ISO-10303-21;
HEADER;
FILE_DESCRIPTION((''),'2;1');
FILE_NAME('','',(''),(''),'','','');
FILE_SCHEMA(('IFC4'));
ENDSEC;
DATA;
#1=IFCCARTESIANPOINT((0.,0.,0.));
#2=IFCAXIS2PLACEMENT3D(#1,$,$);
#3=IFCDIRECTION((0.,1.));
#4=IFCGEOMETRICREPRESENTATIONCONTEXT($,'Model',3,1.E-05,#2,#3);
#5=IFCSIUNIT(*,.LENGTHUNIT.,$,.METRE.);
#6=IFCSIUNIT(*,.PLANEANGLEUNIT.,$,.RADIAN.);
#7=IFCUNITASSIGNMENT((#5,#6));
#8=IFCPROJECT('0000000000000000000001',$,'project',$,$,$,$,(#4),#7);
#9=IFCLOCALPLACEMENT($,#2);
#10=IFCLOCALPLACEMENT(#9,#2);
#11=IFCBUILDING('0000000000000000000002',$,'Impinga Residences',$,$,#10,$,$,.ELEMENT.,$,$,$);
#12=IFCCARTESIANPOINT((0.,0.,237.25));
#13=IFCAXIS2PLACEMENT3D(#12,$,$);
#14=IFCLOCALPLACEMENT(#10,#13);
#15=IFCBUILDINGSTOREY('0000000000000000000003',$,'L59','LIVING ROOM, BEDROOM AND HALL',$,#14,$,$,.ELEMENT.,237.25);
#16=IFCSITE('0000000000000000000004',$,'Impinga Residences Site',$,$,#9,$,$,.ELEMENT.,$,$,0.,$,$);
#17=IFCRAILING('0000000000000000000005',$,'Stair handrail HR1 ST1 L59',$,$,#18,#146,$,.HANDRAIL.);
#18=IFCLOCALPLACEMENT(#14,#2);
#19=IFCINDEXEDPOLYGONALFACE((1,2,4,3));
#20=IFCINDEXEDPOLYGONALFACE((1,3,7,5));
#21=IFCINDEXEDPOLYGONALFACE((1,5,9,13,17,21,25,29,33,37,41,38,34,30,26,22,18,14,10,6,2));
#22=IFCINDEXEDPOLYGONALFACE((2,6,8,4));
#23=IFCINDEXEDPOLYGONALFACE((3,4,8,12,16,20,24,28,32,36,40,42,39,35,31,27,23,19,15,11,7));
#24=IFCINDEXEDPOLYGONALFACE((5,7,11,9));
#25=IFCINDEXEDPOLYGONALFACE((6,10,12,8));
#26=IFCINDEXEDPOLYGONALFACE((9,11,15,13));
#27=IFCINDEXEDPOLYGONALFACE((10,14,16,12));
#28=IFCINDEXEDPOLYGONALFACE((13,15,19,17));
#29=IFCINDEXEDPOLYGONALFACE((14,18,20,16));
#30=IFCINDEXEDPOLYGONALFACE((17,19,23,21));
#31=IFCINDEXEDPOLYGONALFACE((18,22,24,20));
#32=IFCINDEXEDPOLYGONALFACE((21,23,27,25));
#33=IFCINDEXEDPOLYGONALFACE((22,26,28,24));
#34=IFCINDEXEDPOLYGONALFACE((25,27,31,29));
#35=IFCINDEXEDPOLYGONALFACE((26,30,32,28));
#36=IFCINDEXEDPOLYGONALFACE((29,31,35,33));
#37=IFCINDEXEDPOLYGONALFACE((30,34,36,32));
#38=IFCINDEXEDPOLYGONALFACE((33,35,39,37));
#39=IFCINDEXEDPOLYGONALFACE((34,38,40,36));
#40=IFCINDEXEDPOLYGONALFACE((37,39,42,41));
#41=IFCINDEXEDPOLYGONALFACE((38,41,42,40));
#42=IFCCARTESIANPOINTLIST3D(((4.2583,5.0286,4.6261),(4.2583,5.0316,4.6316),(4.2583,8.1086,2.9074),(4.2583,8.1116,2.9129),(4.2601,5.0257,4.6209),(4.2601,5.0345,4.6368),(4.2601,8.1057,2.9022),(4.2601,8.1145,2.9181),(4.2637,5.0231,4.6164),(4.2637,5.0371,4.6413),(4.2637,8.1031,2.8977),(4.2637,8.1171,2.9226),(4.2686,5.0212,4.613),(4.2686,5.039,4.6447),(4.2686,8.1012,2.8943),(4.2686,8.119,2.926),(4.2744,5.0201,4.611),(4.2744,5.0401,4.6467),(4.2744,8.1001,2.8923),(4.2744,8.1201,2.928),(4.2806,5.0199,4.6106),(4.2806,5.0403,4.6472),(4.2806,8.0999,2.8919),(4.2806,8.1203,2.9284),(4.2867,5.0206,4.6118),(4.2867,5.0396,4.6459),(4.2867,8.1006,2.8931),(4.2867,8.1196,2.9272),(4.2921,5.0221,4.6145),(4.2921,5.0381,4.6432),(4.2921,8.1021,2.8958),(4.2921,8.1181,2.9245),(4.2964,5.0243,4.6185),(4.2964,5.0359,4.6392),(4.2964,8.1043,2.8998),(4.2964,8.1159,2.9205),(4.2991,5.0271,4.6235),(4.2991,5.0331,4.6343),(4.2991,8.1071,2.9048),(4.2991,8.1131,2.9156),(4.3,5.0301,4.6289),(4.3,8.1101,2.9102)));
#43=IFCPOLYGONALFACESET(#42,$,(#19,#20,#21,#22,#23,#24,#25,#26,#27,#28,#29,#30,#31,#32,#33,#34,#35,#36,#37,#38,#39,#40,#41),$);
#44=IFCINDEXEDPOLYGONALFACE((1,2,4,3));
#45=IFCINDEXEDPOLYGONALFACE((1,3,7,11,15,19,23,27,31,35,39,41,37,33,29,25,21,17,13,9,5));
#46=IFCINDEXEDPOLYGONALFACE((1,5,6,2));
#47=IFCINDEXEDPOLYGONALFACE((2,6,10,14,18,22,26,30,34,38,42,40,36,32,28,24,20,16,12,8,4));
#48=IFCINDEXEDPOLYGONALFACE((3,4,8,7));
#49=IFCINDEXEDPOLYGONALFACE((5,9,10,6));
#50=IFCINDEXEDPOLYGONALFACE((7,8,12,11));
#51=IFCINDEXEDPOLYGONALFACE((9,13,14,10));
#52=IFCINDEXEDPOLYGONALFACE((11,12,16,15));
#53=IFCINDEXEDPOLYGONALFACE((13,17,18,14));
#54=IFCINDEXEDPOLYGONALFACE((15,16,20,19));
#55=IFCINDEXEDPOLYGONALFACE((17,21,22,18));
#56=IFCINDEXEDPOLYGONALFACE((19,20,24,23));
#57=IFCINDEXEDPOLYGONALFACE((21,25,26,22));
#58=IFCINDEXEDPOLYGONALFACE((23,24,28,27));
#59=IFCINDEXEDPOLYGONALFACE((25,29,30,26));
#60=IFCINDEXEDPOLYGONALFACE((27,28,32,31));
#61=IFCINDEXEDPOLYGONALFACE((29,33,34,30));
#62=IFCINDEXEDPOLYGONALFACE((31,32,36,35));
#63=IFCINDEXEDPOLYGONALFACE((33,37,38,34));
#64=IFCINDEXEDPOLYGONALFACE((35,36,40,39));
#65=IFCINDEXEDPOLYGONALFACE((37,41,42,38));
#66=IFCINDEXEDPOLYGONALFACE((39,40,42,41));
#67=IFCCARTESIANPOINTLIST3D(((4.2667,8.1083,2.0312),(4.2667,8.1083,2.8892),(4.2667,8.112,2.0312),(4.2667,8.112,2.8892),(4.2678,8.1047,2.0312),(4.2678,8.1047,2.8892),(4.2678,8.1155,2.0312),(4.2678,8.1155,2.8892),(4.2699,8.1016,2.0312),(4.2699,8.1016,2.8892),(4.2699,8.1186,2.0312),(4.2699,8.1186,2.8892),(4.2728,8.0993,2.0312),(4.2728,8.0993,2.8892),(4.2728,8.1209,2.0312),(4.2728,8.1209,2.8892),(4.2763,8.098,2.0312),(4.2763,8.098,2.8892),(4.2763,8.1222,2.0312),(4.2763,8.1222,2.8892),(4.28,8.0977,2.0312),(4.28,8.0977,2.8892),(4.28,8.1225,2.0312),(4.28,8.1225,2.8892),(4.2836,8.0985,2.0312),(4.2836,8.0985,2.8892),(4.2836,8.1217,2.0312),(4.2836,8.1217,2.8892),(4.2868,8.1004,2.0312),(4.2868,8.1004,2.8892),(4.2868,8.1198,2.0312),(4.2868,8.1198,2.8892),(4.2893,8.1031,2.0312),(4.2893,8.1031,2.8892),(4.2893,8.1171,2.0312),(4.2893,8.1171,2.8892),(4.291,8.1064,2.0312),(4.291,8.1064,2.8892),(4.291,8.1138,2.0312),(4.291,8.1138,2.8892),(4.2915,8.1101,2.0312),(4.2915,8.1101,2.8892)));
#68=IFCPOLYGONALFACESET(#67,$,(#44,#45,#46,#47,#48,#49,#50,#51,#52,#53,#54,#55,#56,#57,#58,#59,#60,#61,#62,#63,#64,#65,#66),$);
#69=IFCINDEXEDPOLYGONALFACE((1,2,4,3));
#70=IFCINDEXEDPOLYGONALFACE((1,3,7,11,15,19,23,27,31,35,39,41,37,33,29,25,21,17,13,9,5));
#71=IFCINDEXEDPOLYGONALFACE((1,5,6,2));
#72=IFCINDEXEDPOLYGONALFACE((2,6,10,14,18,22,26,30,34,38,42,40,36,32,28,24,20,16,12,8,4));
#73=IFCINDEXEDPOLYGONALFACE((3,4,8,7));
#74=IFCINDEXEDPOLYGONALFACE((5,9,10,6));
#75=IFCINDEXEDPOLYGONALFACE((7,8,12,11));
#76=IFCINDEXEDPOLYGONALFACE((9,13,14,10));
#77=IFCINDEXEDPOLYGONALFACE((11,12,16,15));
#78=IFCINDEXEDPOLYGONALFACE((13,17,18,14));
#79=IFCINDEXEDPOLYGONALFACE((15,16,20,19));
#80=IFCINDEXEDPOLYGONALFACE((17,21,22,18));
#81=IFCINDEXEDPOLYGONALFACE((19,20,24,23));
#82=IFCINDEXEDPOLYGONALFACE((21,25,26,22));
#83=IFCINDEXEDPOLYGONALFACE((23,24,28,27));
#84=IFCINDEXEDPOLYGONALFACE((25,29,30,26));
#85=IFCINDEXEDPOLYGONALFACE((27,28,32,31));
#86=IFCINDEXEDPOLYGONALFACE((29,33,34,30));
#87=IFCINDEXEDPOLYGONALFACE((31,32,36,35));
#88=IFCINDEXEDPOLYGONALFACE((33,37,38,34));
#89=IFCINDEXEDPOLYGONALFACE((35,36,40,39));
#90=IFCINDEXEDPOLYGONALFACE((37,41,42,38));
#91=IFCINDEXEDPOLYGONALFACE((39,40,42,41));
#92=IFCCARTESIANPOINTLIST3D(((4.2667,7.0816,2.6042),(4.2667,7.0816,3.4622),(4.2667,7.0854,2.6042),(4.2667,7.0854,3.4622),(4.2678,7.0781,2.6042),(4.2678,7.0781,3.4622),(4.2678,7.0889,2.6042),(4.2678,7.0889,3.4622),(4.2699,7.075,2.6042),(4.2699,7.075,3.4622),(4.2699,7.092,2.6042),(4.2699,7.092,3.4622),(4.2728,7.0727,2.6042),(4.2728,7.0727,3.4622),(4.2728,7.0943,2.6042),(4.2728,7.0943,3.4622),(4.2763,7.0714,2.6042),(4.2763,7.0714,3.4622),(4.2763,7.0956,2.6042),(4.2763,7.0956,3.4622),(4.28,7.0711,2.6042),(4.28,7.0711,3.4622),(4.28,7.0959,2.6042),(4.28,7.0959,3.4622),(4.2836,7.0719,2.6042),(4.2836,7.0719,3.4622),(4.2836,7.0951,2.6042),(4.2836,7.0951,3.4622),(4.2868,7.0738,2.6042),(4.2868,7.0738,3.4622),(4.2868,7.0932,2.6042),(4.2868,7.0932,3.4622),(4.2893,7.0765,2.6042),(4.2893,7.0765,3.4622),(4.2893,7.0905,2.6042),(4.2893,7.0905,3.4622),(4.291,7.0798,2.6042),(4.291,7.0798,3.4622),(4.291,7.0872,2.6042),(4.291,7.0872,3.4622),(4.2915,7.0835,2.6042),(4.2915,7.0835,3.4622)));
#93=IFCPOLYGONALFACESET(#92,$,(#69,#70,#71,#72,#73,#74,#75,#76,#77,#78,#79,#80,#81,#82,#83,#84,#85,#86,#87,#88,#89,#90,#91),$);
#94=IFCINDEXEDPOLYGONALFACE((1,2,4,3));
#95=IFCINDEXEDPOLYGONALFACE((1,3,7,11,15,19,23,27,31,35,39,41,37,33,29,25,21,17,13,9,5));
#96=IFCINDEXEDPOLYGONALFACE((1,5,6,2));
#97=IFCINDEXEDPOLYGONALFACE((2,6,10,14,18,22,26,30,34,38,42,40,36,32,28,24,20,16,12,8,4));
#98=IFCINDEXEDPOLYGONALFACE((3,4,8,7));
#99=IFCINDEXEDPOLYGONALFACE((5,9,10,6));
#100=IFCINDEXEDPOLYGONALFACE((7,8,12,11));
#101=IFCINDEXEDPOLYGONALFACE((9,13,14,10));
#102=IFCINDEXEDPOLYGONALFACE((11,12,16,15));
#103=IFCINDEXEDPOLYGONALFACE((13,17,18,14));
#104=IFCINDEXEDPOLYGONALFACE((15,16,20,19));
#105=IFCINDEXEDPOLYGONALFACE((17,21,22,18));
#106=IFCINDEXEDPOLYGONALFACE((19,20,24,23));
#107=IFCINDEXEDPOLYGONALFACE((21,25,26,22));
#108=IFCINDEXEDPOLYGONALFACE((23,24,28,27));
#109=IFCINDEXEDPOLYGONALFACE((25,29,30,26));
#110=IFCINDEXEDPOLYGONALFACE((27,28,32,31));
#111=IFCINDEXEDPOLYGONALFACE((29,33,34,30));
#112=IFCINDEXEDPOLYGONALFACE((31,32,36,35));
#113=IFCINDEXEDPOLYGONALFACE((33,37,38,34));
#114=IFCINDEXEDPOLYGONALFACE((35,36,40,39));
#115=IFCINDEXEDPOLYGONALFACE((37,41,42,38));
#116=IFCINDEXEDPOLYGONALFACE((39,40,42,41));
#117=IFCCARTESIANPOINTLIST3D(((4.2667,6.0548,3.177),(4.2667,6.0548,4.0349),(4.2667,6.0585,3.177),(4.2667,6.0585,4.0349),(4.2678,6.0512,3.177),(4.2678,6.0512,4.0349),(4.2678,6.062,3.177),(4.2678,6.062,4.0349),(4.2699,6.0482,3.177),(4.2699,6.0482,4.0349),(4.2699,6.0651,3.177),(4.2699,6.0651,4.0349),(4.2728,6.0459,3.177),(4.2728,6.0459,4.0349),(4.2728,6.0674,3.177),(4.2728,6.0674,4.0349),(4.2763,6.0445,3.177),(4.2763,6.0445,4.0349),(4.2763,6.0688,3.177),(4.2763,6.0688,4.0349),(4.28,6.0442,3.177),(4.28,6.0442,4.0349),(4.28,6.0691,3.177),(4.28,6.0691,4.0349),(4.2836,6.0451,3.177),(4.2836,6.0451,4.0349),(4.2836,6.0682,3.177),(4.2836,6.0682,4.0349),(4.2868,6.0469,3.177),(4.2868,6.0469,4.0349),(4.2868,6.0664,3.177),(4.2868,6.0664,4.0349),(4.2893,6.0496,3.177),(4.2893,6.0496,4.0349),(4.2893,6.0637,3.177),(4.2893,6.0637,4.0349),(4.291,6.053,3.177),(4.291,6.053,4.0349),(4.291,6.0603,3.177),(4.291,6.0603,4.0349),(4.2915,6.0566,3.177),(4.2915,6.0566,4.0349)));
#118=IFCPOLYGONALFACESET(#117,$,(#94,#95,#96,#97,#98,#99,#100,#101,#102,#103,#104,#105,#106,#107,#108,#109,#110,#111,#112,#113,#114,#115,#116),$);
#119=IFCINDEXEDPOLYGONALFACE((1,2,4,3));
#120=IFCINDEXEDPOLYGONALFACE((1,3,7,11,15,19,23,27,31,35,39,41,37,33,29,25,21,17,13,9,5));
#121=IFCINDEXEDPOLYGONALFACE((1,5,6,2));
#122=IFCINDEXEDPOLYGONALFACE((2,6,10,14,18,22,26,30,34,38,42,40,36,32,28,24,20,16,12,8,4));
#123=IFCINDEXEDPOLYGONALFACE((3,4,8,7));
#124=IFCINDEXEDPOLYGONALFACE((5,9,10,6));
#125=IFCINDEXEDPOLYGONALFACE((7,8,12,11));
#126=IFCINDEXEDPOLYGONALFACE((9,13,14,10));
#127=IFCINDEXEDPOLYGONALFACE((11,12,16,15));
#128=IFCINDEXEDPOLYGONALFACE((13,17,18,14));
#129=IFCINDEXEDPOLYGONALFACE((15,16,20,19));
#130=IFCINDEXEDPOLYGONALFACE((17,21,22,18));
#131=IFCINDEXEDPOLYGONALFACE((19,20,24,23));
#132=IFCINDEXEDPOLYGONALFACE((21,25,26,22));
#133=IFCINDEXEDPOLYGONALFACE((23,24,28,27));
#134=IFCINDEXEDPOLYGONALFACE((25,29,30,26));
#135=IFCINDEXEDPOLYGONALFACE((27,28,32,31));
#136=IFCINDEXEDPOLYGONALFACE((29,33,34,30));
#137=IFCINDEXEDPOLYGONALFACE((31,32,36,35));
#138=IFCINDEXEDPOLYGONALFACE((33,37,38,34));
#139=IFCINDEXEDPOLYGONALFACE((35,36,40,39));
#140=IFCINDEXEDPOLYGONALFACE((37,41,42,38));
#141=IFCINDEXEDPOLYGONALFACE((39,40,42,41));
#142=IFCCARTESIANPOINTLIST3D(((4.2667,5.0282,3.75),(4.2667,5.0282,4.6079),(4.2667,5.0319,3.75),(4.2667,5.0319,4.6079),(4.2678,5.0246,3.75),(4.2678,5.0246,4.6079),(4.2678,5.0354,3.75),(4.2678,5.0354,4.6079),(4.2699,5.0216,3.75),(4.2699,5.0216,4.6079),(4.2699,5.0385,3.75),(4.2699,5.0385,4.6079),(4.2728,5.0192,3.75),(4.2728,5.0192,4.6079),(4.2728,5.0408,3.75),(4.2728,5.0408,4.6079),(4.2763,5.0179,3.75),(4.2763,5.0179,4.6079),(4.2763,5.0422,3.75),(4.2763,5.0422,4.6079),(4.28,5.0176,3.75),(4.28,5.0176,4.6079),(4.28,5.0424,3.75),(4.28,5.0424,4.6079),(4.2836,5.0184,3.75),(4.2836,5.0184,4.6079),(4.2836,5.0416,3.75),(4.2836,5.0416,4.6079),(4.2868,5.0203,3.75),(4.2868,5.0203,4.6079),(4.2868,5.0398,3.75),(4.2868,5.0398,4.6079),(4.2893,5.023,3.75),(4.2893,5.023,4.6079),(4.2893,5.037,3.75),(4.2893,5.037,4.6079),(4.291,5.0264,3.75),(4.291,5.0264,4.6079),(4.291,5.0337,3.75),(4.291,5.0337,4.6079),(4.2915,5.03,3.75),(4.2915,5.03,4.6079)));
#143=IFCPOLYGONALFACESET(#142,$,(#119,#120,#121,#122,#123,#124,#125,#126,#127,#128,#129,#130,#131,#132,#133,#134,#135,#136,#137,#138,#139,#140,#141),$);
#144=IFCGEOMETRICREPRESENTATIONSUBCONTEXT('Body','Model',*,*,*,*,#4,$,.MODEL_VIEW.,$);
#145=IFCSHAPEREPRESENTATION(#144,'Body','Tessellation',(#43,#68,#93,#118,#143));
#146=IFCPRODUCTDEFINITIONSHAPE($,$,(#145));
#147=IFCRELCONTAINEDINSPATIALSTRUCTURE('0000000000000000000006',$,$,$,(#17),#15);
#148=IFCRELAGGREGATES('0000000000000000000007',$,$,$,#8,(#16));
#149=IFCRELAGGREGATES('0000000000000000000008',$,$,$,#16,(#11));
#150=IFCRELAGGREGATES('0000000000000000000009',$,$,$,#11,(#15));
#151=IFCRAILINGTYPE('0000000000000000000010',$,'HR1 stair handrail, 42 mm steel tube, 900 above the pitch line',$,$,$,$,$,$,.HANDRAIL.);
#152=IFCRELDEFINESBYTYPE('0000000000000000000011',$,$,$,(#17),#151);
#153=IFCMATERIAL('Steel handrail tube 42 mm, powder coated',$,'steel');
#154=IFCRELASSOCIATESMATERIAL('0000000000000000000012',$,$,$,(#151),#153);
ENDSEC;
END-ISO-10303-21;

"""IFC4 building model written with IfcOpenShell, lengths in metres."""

from ifc_helpers import new_model, si_unit, direction, frame, origin, origin_2d, place, context, subcontext, project, spatial, circle, extrude, material, type_object, element, save


model = new_model("IFC4")

# Units and contexts
model_context = context("Model", 3, precision=1e-05, world=origin(), true_north=direction((0.0, 1.0)))
body_context = subcontext(model_context, "Body", "Model", "MODEL_VIEW")
ifc_project = project(units=[si_unit("LENGTHUNIT", "METRE"), si_unit("PLANEANGLEUNIT", "RADIAN")], contexts=[model_context])

# Site, building, storey
site_placement = place(None, origin())
site = spatial("IfcSite", under=ifc_project, at=site_placement, Name="Impinga Residences Site", CompositionType="ELEMENT", RefElevation=0.0)
building_placement = place(site_placement, origin())
building = spatial("IfcBuilding", under=site, at=building_placement, Name="Impinga Residences", CompositionType="ELEMENT")
storey_placement = place(building_placement, frame((0.0, 0.0, 237.25)))
storey = spatial("IfcBuildingStorey", under=building, at=storey_placement, Name="L59", Description="LIVING ROOM, BEDROOM AND HALL", CompositionType="ELEMENT", Elevation=237.25)

# Railing
ifc_material_1 = material(Name="Steel handrail tube 42 mm, powder coated", Category="steel")
railing_type = type_object("IfcRailingType", Name="HR1 stair handrail, 42 mm steel tube, 900 above the pitch line", PredefinedType="HANDRAIL", material=ifc_material_1)
railing_placement = place(storey_placement, frame((4.2791, 8.1101, 2.0312)))
element("IfcRailing", 1, at=railing_placement, inside=storey, type_object=railing_type, Name="Stair handrail HR1 ST1 L59", PredefinedType="HANDRAIL", context=body_context, shape_type="SweptSolid", body=[
    extrude(circle(Radius=0.021, at=origin_2d()), frame((0.0, 0.0, 0.8789), z_axis=(0.0, -0.873242, 0.487288), x_axis=(1.0, 0.0, 0.0)), (0.0, 0.0, 1.0), 3.5271),
    extrude(circle(Radius=0.0125, at=origin_2d()), origin(), (0.0, 0.0, 1.0), 0.8579),
    extrude(circle(Radius=0.0125, at=origin_2d()), frame((0.0, -1.0266, 0.573)), (0.0, 0.0, 1.0), 0.8579),
    extrude(circle(Radius=0.0125, at=origin_2d()), frame((0.0, -2.0535, 1.1458)), (0.0, 0.0, 1.0), 0.8579),
    extrude(circle(Radius=0.0125, at=origin_2d()), frame((0.0, -3.0801, 1.7188)), (0.0, 0.0, 1.0), 0.8579),
])

save(model, "model.ifc")
